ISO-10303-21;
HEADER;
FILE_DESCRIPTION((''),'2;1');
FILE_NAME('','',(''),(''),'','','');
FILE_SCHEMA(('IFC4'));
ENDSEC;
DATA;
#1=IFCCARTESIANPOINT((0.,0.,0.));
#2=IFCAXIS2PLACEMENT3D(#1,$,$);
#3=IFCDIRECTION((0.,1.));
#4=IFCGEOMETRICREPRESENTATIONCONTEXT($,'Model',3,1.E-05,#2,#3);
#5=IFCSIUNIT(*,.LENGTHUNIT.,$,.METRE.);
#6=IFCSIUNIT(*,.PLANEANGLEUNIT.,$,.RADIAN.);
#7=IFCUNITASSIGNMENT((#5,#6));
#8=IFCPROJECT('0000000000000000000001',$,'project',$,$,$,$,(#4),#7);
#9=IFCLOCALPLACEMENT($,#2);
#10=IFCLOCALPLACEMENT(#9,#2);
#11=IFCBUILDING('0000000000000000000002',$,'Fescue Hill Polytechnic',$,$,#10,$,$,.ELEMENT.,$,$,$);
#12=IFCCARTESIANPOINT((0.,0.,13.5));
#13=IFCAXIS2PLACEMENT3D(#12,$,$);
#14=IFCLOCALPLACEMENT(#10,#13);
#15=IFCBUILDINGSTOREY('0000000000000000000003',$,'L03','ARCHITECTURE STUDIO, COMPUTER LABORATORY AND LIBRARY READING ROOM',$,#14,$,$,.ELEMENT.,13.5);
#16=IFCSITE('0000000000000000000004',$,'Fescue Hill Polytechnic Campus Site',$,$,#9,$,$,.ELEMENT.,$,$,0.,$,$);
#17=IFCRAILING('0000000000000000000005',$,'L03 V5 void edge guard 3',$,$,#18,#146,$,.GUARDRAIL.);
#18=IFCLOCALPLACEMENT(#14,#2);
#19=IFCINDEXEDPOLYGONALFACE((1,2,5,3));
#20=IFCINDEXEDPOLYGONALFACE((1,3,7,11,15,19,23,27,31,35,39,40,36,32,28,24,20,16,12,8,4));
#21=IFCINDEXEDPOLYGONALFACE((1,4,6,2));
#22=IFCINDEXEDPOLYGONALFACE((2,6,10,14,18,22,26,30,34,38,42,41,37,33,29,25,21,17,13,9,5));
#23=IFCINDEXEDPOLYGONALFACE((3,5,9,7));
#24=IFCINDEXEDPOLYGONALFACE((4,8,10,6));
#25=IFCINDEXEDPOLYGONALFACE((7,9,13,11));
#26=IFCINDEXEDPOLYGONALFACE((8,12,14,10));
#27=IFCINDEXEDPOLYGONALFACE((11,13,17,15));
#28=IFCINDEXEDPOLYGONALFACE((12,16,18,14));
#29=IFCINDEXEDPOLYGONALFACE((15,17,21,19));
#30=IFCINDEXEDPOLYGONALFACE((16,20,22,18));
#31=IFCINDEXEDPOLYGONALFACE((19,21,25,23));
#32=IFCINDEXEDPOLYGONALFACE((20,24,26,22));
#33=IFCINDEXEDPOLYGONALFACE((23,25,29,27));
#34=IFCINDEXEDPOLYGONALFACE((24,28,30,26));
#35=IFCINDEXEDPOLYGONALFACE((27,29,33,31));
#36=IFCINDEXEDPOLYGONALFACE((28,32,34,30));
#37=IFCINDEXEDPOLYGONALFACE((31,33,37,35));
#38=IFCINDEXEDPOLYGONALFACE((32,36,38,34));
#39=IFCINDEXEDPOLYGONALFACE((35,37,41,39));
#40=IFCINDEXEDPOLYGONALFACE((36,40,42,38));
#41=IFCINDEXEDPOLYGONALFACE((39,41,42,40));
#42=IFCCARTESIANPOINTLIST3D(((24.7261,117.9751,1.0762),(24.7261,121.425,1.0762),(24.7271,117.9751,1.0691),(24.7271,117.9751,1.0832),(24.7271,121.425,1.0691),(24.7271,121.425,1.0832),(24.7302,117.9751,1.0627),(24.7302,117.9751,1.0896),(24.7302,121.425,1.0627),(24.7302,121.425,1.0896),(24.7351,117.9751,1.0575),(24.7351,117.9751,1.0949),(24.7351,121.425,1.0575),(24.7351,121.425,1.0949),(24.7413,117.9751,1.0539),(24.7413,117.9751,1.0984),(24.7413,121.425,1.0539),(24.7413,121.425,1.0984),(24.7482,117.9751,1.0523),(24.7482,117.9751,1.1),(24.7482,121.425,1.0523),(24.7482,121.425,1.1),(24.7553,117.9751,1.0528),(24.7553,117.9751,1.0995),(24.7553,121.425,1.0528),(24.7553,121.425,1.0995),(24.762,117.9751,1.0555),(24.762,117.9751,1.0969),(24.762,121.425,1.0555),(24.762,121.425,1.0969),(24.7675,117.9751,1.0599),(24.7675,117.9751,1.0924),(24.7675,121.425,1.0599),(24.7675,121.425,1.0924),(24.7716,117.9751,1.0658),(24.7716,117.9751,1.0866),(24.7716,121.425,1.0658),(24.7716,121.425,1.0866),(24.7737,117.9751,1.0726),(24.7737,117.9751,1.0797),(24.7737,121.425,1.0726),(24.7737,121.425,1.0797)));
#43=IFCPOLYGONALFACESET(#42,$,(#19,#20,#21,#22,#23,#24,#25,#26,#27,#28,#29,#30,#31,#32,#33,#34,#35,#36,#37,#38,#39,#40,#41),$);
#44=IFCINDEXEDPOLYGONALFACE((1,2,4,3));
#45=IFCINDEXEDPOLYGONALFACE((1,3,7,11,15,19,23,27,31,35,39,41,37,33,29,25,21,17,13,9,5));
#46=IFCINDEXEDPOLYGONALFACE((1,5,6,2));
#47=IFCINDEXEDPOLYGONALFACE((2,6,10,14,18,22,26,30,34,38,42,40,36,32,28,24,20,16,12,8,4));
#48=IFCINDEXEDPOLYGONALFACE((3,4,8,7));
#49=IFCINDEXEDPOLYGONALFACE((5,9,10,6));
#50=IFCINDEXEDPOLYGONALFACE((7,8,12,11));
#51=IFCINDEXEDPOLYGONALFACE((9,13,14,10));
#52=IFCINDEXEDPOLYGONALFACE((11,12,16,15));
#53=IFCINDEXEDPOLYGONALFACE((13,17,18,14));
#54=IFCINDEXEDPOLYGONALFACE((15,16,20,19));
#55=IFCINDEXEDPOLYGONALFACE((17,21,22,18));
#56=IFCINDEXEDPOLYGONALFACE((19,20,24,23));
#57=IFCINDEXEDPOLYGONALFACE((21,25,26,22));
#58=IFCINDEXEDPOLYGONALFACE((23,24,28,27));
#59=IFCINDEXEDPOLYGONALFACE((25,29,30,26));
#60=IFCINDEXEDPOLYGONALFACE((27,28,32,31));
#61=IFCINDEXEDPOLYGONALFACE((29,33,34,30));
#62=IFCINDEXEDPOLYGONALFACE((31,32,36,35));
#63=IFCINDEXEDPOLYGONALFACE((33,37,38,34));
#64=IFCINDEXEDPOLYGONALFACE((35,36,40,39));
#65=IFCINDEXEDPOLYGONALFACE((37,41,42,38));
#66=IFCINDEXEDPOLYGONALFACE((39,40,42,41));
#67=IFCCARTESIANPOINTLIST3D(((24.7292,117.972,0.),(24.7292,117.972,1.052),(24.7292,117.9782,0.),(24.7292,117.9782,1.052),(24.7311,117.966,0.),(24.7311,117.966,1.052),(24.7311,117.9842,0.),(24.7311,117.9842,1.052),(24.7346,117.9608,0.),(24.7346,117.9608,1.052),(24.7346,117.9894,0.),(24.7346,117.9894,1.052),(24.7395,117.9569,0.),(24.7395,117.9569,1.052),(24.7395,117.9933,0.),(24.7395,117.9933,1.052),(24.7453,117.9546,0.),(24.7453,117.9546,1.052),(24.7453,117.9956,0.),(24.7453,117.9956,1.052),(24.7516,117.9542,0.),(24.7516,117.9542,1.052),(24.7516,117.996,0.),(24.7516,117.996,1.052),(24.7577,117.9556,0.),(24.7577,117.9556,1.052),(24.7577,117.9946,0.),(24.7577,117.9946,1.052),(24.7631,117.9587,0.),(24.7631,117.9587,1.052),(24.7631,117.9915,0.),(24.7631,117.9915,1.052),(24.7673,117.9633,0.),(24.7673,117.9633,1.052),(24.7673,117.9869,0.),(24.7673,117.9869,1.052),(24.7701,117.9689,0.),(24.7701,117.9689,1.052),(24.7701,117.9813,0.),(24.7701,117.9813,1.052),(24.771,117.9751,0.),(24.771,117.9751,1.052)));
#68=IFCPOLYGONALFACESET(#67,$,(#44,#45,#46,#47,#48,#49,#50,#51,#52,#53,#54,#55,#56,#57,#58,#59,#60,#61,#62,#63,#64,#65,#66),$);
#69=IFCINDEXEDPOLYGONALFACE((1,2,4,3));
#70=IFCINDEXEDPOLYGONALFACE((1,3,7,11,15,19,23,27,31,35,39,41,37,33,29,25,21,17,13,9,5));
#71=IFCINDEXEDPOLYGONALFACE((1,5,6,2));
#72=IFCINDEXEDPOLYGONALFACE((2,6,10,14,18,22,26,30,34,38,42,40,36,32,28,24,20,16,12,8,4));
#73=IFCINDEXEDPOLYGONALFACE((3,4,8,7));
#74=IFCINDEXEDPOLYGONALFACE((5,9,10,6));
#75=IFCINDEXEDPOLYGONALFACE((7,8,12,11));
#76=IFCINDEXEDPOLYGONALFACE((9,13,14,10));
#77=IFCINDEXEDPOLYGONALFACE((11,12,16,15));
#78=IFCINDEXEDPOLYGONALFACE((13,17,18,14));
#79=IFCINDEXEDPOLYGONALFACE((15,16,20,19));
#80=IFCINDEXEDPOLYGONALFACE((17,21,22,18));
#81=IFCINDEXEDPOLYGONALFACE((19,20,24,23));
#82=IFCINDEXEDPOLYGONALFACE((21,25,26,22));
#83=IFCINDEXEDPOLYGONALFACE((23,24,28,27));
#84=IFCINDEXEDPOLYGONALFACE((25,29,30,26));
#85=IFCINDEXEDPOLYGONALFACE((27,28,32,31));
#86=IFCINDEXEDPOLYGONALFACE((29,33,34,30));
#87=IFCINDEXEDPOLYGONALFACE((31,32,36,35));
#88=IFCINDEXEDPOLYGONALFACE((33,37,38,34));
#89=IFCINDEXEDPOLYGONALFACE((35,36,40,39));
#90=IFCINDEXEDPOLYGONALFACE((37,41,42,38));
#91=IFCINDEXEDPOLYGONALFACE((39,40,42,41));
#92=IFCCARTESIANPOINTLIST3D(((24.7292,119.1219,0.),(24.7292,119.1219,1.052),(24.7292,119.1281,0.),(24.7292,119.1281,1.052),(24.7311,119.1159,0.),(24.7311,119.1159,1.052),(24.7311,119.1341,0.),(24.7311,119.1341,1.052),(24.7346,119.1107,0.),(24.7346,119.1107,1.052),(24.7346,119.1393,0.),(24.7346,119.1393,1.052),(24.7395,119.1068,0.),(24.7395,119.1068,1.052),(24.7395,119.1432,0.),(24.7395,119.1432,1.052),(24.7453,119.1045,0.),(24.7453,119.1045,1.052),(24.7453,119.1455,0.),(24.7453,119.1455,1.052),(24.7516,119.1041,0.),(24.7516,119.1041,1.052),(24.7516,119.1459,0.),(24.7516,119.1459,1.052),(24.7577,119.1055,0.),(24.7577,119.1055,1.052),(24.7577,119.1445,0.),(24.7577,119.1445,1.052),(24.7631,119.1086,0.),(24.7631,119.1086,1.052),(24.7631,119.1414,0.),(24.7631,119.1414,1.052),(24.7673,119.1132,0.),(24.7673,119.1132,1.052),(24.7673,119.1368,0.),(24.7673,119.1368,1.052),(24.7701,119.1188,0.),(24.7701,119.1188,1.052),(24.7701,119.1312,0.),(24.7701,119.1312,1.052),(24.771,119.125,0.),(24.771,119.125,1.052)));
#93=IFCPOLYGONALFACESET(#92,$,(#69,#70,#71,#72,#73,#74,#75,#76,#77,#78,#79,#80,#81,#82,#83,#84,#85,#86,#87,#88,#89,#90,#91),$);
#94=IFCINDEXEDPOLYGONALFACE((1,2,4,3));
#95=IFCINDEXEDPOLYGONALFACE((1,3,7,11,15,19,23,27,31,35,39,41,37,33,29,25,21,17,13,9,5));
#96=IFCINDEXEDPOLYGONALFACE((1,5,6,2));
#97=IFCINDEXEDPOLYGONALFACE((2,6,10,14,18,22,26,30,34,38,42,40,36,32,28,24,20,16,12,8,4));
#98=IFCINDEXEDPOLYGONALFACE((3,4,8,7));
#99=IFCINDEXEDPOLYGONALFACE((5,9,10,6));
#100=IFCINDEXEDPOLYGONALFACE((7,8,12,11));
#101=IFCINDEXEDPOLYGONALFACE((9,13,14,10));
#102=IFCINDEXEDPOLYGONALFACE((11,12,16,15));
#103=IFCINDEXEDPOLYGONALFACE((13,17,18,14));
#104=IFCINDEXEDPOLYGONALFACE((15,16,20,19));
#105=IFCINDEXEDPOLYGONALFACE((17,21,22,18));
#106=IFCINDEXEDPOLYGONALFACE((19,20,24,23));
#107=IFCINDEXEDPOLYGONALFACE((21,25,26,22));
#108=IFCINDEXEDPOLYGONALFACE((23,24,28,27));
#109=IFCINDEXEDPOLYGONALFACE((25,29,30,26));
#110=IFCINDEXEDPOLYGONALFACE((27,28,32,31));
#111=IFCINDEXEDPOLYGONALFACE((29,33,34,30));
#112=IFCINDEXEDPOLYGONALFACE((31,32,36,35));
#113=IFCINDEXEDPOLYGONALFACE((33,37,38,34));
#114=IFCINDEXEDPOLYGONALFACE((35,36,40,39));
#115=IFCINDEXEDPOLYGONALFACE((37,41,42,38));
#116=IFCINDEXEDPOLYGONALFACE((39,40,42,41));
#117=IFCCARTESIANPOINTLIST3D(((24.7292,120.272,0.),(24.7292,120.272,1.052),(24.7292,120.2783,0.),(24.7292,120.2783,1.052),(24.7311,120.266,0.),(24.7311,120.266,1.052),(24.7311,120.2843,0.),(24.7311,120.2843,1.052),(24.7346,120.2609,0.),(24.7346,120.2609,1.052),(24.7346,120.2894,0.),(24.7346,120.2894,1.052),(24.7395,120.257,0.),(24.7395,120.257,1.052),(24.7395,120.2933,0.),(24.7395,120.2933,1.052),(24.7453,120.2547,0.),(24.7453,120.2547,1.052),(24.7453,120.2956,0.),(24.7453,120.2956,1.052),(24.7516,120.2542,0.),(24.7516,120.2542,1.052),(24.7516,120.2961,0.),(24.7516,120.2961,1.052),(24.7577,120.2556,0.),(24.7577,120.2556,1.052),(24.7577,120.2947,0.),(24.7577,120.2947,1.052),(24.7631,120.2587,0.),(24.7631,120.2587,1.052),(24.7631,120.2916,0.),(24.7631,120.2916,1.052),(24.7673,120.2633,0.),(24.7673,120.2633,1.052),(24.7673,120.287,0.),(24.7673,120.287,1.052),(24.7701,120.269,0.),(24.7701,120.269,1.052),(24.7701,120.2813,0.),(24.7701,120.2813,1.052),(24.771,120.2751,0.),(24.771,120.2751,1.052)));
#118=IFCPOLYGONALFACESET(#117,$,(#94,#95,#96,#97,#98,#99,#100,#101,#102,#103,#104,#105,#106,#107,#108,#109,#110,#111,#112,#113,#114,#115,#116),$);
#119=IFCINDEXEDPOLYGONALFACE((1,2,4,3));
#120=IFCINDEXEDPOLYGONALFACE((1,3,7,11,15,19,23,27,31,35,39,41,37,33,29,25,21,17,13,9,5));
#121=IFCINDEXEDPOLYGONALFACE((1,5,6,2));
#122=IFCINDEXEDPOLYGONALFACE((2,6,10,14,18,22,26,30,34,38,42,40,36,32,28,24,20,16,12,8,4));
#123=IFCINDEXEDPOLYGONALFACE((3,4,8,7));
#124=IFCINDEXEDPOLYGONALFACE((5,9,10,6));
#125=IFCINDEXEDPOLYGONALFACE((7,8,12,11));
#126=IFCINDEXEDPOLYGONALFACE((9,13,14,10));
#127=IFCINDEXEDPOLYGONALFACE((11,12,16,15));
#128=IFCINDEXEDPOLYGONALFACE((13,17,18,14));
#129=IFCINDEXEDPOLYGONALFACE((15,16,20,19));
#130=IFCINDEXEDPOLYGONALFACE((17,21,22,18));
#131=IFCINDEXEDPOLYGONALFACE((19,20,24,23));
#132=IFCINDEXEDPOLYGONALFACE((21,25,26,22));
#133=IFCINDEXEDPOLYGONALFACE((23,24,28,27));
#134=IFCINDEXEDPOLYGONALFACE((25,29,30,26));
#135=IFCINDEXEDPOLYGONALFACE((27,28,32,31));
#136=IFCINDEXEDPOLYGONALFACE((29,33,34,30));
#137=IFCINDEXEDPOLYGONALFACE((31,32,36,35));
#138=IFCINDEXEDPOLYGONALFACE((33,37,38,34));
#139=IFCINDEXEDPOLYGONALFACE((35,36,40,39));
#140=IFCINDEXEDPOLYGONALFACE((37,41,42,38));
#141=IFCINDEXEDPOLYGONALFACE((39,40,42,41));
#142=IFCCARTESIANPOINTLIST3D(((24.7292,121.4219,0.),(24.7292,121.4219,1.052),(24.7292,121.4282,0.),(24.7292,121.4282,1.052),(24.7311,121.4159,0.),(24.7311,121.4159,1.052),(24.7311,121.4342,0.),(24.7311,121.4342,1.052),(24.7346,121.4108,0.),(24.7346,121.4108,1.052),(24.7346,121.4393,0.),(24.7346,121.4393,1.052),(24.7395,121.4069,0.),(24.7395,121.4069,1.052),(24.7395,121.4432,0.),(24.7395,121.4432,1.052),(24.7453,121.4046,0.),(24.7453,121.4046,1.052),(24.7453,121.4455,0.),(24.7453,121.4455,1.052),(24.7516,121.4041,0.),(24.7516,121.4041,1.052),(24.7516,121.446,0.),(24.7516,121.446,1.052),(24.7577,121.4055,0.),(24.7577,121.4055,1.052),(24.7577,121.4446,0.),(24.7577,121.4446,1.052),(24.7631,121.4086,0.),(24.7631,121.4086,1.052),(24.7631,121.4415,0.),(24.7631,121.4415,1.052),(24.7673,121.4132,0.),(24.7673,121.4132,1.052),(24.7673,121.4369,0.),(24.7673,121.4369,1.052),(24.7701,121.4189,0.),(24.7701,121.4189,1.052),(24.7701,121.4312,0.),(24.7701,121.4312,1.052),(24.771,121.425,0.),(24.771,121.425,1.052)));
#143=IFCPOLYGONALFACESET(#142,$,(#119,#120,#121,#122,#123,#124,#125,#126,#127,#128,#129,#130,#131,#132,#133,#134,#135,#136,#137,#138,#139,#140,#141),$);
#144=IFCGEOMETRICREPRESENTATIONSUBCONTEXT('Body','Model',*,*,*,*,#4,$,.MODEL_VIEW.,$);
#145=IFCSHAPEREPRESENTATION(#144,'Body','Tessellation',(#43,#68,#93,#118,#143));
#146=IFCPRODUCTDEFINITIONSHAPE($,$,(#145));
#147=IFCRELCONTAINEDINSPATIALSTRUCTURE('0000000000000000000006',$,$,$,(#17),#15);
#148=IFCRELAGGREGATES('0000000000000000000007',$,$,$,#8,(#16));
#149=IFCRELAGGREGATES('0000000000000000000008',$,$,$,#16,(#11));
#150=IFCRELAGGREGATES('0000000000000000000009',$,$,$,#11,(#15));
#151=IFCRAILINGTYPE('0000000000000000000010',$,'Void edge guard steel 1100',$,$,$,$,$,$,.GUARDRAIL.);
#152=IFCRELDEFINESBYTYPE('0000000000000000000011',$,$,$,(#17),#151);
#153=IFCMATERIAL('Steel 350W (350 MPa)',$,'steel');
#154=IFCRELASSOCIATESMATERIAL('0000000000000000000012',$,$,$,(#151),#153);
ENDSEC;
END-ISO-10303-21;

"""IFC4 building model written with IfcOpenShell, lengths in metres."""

from ifc_helpers import new_model, si_unit, direction, frame, origin, origin_2d, place, context, subcontext, project, spatial, circle, extrude, material, type_object, element, save


model = new_model("IFC4")

# Units and contexts
model_context = context("Model", 3, precision=1e-05, world=origin(), true_north=direction((0.0, 1.0)))
body_context = subcontext(model_context, "Body", "Model", "MODEL_VIEW")
ifc_project = project(units=[si_unit("LENGTHUNIT", "METRE"), si_unit("PLANEANGLEUNIT", "RADIAN")], contexts=[model_context])

# Site, building, storey
site_placement = place(None, origin())
site = spatial("IfcSite", under=ifc_project, at=site_placement, Name="Fescue Hill Polytechnic Campus Site", CompositionType="ELEMENT", RefElevation=0.0)
building_placement = place(site_placement, origin())
building = spatial("IfcBuilding", under=site, at=building_placement, Name="Fescue Hill Polytechnic", CompositionType="ELEMENT")
storey_placement = place(building_placement, frame((0.0, 0.0, 13.5)))
storey = spatial("IfcBuildingStorey", under=building, at=storey_placement, Name="L03", Description="ARCHITECTURE STUDIO, COMPUTER LABORATORY AND LIBRARY READING ROOM", CompositionType="ELEMENT", Elevation=13.5)

# Railing
ifc_material_1 = material(Name="Steel 350W (350 MPa)", Category="steel")
railing_type = type_object("IfcRailingType", Name="Void edge guard steel 1100", PredefinedType="GUARDRAIL", material=ifc_material_1)
for number, where, name in (
    (1, (24.75, 117.9751, 0.0), "L03 V5 void edge guard 3"),
):
    element("IfcRailing", number, at=place(storey_placement, frame(where)), inside=storey, type_object=railing_type, Name=name, PredefinedType="GUARDRAIL", context=body_context, shape_type="SweptSolid", body=[
        extrude(circle(Radius=0.0239, at=origin_2d()), frame((0.0, 0.0, 1.0762), z_axis=(0.0, 1.0, 0.0), x_axis=(-1.0, 0.0, 0.0)), (0.0, 0.0, 1.0), 3.45),
        extrude(circle(Radius=0.021, at=origin_2d()), origin(), (0.0, 0.0, 1.0), 1.052),
        extrude(circle(Radius=0.021, at=origin_2d()), frame((0.0, 1.1499, 0.0)), (0.0, 0.0, 1.0), 1.052),
        extrude(circle(Radius=0.021, at=origin_2d()), frame((0.0, 2.3, 0.0)), (0.0, 0.0, 1.0), 1.052),
        extrude(circle(Radius=0.021, at=origin_2d()), frame((0.0, 3.45, 0.0)), (0.0, 0.0, 1.0), 1.052),
    ])

save(model, "model.ifc")
